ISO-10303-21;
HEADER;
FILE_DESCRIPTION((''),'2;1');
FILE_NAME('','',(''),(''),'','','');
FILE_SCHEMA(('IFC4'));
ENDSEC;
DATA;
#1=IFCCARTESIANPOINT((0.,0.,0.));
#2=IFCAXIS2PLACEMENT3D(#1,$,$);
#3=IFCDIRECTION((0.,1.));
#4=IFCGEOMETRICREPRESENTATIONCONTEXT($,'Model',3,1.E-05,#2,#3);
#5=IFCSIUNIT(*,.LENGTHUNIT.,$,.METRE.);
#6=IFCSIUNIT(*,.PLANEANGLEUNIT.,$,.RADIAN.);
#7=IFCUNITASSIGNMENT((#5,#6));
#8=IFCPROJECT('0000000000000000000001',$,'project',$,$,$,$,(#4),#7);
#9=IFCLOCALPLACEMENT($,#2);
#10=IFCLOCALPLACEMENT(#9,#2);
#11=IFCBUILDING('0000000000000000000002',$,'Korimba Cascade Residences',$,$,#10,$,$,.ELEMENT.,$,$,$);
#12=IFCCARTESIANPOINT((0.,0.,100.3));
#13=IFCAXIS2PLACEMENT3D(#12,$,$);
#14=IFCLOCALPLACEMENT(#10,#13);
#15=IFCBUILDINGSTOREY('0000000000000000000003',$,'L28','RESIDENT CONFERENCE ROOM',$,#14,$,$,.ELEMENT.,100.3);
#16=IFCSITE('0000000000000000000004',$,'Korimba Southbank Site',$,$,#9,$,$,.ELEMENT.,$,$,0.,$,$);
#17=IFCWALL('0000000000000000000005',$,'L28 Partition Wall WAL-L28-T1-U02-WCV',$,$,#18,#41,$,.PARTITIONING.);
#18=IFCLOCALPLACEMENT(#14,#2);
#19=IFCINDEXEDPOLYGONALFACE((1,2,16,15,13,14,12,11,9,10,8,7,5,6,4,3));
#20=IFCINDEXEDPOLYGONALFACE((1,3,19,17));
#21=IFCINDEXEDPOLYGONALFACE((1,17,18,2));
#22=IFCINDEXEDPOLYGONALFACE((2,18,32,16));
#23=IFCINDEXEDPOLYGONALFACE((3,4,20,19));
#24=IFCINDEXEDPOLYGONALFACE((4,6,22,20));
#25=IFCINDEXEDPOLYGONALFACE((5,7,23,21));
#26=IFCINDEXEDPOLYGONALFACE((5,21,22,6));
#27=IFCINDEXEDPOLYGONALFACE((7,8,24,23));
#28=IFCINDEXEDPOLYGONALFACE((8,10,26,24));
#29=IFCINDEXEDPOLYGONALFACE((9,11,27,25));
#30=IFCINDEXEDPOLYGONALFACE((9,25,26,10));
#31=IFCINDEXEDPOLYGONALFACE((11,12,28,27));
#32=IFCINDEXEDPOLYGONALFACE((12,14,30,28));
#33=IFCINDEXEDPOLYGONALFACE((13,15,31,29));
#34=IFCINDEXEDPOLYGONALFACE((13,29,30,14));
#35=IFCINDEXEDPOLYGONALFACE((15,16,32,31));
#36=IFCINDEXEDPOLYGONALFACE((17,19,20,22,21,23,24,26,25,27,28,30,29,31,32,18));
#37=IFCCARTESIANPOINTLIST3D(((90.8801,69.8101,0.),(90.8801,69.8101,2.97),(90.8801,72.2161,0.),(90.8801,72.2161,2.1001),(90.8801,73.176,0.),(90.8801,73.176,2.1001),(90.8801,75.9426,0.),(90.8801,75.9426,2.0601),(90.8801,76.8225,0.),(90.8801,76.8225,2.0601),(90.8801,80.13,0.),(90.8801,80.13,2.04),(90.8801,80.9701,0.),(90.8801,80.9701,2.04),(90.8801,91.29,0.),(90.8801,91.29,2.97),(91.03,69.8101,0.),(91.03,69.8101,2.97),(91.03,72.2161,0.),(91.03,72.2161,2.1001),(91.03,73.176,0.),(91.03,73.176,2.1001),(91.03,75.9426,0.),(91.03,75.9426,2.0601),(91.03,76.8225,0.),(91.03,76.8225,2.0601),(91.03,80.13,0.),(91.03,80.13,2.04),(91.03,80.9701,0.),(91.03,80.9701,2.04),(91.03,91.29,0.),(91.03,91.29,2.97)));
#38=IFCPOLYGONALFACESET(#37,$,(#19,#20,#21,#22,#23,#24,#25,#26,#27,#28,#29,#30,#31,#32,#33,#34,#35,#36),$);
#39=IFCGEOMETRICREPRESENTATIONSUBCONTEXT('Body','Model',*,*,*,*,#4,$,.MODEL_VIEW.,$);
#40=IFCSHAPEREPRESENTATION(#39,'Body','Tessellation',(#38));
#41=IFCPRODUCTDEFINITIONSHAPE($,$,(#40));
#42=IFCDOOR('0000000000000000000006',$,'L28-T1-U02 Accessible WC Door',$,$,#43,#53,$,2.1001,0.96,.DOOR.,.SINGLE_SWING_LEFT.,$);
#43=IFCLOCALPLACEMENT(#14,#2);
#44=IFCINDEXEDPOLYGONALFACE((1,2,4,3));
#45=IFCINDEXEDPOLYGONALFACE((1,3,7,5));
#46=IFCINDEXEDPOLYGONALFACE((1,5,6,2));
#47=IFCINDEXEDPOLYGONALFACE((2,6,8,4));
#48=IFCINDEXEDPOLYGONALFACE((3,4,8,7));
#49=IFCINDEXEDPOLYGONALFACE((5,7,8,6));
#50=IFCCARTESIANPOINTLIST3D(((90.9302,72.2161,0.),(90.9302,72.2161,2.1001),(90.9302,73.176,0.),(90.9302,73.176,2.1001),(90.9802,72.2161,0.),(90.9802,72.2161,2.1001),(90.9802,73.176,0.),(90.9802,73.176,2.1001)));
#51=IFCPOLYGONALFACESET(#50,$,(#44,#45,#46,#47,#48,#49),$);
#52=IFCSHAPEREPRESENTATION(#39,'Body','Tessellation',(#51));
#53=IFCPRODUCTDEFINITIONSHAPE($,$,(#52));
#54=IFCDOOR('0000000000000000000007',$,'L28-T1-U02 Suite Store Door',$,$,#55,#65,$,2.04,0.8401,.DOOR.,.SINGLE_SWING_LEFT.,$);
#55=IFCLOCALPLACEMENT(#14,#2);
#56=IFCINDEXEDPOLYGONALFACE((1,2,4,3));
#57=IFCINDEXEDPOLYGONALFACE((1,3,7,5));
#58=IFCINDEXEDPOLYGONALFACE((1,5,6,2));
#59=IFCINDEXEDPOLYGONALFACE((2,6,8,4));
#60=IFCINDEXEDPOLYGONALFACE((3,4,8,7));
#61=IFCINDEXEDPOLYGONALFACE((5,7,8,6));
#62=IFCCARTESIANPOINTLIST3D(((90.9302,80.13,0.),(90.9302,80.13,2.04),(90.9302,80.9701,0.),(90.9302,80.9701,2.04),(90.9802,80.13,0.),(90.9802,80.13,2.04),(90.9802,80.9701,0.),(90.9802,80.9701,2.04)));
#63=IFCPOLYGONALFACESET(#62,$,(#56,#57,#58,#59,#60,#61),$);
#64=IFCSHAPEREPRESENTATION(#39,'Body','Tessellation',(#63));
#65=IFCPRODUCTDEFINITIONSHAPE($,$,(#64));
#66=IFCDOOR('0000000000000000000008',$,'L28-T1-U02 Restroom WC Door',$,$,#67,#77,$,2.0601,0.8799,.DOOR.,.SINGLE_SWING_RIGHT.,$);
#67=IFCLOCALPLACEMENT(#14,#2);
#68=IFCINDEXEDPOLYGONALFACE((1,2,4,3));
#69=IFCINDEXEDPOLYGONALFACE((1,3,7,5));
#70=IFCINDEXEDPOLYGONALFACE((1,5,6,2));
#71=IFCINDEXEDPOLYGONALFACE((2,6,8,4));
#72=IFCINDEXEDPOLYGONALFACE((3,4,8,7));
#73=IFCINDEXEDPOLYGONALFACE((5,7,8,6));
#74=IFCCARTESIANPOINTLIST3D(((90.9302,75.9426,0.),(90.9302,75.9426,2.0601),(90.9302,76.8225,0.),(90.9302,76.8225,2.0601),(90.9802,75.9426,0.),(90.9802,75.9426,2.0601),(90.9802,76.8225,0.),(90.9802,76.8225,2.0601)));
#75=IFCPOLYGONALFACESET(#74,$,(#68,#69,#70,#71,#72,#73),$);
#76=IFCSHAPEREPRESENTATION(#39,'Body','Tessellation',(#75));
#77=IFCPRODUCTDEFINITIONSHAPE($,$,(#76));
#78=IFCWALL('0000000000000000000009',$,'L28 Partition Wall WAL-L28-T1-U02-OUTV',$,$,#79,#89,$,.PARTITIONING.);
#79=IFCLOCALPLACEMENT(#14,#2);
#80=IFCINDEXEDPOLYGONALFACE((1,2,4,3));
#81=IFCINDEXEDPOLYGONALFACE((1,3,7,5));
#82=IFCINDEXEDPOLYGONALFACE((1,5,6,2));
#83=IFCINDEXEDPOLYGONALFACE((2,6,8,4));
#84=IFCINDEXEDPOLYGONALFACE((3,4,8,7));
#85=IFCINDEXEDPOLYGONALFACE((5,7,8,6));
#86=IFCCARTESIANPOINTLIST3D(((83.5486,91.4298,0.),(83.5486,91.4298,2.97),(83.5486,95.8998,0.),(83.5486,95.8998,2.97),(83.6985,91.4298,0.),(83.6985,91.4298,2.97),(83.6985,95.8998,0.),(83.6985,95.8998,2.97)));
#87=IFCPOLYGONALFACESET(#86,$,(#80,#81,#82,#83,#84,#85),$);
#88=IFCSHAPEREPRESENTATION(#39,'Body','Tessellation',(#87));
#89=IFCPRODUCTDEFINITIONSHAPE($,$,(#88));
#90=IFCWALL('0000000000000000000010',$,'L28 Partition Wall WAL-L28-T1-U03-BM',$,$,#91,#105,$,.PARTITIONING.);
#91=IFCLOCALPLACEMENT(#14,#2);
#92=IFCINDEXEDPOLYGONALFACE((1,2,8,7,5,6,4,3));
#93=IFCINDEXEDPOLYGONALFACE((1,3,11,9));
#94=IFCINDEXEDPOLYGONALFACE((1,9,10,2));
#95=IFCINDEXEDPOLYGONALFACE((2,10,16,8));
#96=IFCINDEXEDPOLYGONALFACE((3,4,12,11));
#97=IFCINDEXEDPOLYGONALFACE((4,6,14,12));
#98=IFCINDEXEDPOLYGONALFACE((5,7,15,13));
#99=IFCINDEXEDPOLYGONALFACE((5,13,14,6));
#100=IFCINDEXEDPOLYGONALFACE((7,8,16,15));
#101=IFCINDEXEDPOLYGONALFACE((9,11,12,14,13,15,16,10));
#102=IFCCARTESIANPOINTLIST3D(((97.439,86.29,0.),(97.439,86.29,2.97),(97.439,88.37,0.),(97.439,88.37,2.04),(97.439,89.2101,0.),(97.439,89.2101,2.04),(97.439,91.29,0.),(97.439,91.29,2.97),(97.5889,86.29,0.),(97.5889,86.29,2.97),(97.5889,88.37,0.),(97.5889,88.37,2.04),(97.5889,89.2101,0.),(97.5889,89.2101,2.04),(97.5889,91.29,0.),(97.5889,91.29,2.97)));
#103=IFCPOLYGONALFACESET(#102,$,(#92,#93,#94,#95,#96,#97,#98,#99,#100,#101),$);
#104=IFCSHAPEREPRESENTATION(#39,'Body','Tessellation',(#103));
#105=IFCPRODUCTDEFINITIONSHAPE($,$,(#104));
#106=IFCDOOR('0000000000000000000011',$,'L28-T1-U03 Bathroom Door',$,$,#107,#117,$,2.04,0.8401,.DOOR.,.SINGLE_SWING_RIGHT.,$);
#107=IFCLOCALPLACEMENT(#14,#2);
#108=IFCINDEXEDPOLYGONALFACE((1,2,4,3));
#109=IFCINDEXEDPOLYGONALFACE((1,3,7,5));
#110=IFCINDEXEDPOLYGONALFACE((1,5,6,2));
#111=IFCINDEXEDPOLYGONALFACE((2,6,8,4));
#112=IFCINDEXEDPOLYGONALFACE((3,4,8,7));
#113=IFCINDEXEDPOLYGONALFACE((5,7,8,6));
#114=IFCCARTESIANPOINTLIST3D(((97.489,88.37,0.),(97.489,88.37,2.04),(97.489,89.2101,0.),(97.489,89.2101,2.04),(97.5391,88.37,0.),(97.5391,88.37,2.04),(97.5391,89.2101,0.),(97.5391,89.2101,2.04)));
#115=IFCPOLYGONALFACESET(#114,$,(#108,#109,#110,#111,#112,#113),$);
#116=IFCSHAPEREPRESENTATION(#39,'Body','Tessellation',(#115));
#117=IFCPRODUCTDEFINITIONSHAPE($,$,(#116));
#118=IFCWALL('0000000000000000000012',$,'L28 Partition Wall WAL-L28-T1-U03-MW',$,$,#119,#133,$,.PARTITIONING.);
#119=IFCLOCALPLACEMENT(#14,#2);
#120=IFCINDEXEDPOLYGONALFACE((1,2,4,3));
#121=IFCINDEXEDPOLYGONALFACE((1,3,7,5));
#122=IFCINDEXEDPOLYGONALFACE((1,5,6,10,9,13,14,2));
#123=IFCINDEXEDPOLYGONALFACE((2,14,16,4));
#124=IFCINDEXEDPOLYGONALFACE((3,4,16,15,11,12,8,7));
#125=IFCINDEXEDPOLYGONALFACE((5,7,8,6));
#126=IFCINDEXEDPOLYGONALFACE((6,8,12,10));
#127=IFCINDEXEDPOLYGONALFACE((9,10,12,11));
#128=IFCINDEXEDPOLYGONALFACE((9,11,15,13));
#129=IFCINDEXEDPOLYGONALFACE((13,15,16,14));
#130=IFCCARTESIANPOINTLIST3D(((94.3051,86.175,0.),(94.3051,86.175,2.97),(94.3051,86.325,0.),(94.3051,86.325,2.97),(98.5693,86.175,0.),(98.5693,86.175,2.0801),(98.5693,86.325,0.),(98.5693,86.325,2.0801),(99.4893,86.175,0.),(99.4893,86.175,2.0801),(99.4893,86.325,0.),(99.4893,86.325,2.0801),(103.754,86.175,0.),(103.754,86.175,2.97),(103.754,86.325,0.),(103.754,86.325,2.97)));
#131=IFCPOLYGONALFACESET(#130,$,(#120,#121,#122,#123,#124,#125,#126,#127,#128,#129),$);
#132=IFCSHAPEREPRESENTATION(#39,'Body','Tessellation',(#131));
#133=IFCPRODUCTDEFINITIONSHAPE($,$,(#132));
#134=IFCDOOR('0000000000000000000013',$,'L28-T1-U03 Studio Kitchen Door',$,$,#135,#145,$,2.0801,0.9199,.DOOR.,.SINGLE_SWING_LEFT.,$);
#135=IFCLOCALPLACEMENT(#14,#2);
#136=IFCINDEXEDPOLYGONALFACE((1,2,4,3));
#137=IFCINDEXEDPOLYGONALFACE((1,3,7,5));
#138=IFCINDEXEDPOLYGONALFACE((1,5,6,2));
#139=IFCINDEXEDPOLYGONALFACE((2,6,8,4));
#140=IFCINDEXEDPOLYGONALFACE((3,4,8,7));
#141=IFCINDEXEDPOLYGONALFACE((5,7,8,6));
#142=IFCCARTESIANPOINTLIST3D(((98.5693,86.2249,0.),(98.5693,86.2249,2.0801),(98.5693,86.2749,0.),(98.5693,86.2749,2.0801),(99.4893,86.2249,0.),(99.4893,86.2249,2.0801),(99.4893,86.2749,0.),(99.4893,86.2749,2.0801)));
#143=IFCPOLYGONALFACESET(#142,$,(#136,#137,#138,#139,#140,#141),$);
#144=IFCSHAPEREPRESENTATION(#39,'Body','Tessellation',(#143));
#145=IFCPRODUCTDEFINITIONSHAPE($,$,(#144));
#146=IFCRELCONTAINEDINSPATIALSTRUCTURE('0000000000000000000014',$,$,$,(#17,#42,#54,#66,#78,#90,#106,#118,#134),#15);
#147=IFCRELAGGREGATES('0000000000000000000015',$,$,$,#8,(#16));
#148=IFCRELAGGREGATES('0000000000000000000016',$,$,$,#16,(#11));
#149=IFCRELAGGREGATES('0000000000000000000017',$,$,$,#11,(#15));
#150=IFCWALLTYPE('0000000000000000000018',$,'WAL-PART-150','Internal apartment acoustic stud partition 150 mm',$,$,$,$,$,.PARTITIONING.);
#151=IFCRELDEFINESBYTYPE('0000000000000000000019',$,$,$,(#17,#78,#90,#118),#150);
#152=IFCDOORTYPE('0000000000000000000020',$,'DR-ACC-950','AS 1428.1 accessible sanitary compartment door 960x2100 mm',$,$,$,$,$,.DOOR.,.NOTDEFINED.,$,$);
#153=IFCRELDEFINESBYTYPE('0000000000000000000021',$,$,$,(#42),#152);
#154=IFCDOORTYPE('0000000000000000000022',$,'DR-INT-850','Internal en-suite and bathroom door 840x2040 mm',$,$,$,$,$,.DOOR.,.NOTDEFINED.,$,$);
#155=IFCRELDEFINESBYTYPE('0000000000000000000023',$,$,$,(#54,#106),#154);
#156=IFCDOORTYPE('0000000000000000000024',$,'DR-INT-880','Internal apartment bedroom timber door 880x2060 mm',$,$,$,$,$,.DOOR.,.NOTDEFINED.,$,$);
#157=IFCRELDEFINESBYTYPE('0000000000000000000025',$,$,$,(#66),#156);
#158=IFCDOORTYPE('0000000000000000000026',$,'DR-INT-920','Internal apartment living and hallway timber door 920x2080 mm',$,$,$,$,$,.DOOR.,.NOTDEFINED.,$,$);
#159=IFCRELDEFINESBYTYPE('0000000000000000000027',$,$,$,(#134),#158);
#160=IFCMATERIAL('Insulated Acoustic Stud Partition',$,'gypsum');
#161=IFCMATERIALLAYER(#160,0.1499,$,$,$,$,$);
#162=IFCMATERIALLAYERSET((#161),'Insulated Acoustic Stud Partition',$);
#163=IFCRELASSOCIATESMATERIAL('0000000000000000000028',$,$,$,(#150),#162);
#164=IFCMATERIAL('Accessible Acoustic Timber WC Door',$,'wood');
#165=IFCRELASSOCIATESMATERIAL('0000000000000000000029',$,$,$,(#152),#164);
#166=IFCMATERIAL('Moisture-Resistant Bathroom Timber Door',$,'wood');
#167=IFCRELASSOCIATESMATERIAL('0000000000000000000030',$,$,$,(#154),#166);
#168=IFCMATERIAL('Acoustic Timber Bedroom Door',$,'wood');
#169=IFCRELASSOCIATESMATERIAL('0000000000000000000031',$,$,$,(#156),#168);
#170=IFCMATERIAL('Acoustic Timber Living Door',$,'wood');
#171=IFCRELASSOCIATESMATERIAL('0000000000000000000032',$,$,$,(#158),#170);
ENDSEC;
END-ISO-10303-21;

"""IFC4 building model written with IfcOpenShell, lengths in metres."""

from ifc_helpers import new_model, si_unit, direction, frame, frame_2d, origin, place, context, subcontext, project, spatial, rectangle, extrude, material, layer, layer_set, type_object, element, fill, save


model = new_model("IFC4")

# Units and contexts
model_context = context("Model", 3, precision=1e-05, world=origin(), true_north=direction((0.0, 1.0)))
body_context = subcontext(model_context, "Body", "Model", "MODEL_VIEW")
ifc_project = project(units=[si_unit("LENGTHUNIT", "METRE"), si_unit("PLANEANGLEUNIT", "RADIAN")], contexts=[model_context])

# Site, building, storey
site_placement = place(None, origin())
site = spatial("IfcSite", under=ifc_project, at=site_placement, Name="Korimba Southbank Site", CompositionType="ELEMENT", RefElevation=0.0)
building_placement = place(site_placement, origin())
building = spatial("IfcBuilding", under=site, at=building_placement, Name="Korimba Cascade Residences", CompositionType="ELEMENT")
storey_placement = place(building_placement, frame((0.0, 0.0, 100.3)))
storey = spatial("IfcBuildingStorey", under=building, at=storey_placement, Name="L28", Description="RESIDENT CONFERENCE ROOM", CompositionType="ELEMENT", Elevation=100.3)

# Shared definitions
ifc_material_1 = material(Name="Insulated Acoustic Stud Partition", Category="gypsum")
ifc_layer_1 = layer(ifc_material_1, 0.1499)
ifc_layer_set_1 = layer_set([ifc_layer_1], Name="Insulated Acoustic Stud Partition")
wall_type_1 = type_object("IfcWallType", Name="WAL-PART-150", Description="Internal apartment acoustic stud partition 150 mm", PredefinedType="PARTITIONING", material=ifc_layer_set_1)

# Wall, openings, doors
wall_1_placement = place(storey_placement, frame((90.9551, 69.8101, 0.0), z_axis=(0.0, 0.0, 1.0), x_axis=(0.0, 1.0, 0.0)))
wall_1 = element("IfcWall", 1, at=wall_1_placement, inside=storey, type_object=wall_type_1, Name="L28 Partition Wall WAL-L28-T1-U02-WCV", PredefinedType="PARTITIONING", context=body_context, shape_type="SweptSolid", body=[
    extrude(rectangle(XDim=21.48, YDim=0.1499, at=frame_2d((10.74, 0.0))), origin(), (0.0, 0.0, 1.0), 2.97),
])
opening_1_placement = place(wall_1_placement, frame((2.406, 0.0, 0.0)))
opening_1 = element("IfcOpeningElement", 2, at=opening_1_placement, cuts=wall_1, PredefinedType="OPENING", context=body_context, shape_type="SweptSolid", body=[
    extrude(rectangle(XDim=0.96, YDim=2.1001, at=frame_2d((0.48, 1.05))), frame((0.0, 0.085, 0.0), z_axis=(0.0, -1.0, 0.0), x_axis=(1.0, 0.0, 0.0)), (0.0, 0.0, 1.0), 0.1699),
])
opening_2_placement = place(wall_1_placement, frame((6.1326, 0.0, 0.0)))
opening_2 = element("IfcOpeningElement", 3, at=opening_2_placement, cuts=wall_1, PredefinedType="OPENING", context=body_context, shape_type="SweptSolid", body=[
    extrude(rectangle(XDim=0.8799, YDim=2.0601, at=frame_2d((0.4399, 1.03))), frame((0.0, 0.085, 0.0), z_axis=(0.0, -1.0, 0.0), x_axis=(1.0, 0.0, 0.0)), (0.0, 0.0, 1.0), 0.1699),
])
opening_3_placement = place(wall_1_placement, frame((10.3201, 0.0, 0.0)))
opening_3 = element("IfcOpeningElement", 4, at=opening_3_placement, cuts=wall_1, PredefinedType="OPENING", context=body_context, shape_type="SweptSolid", body=[
    extrude(rectangle(XDim=0.8401, YDim=2.04, at=frame_2d((0.4199, 1.02))), frame((0.0, 0.085, 0.0), z_axis=(0.0, -1.0, 0.0), x_axis=(1.0, 0.0, 0.0)), (0.0, 0.0, 1.0), 0.1699),
])
ifc_material_2 = material(Name="Accessible Acoustic Timber WC Door", Category="wood")
door_type_1 = type_object("IfcDoorType", Name="DR-ACC-950", Description="AS 1428.1 accessible sanitary compartment door 960x2100 mm", OperationType="NOTDEFINED", PredefinedType="DOOR", material=ifc_material_2)
door_1_placement = place(opening_1_placement, origin())
door_1 = element("IfcDoor", 5, at=door_1_placement, inside=storey, type_object=door_type_1, Name="L28-T1-U02 Accessible WC Door", OperationType="SINGLE_SWING_LEFT", OverallHeight=2.1001, OverallWidth=0.96, PredefinedType="DOOR", context=body_context, shape_type="SweptSolid", body=[
    extrude(rectangle(XDim=0.96, YDim=2.1001, at=frame_2d((0.48, 1.05))), frame((0.0, 0.0249, 0.0), z_axis=(0.0, -1.0, 0.0), x_axis=(1.0, 0.0, 0.0)), (0.0, 0.0, 1.0), 0.05),
])
fill(opening_1, door_1)
ifc_material_3 = material(Name="Moisture-Resistant Bathroom Timber Door", Category="wood")
door_type_2 = type_object("IfcDoorType", Name="DR-INT-850", Description="Internal en-suite and bathroom door 840x2040 mm", OperationType="NOTDEFINED", PredefinedType="DOOR", material=ifc_material_3)
door_2_placement = place(opening_3_placement, origin())
door_2 = element("IfcDoor", 6, at=door_2_placement, inside=storey, type_object=door_type_2, Name="L28-T1-U02 Suite Store Door", OperationType="SINGLE_SWING_LEFT", OverallHeight=2.04, OverallWidth=0.8401, PredefinedType="DOOR", context=body_context, shape_type="SweptSolid", body=[
    extrude(rectangle(XDim=0.8401, YDim=2.04, at=frame_2d((0.4199, 1.02))), frame((0.0, 0.0249, 0.0), z_axis=(0.0, -1.0, 0.0), x_axis=(1.0, 0.0, 0.0)), (0.0, 0.0, 1.0), 0.05),
])
fill(opening_3, door_2)
ifc_material_4 = material(Name="Acoustic Timber Bedroom Door", Category="wood")
door_type_3 = type_object("IfcDoorType", Name="DR-INT-880", Description="Internal apartment bedroom timber door 880x2060 mm", OperationType="NOTDEFINED", PredefinedType="DOOR", material=ifc_material_4)
door_3_placement = place(opening_2_placement, origin())
door_3 = element("IfcDoor", 7, at=door_3_placement, inside=storey, type_object=door_type_3, Name="L28-T1-U02 Restroom WC Door", OperationType="SINGLE_SWING_RIGHT", OverallHeight=2.0601, OverallWidth=0.8799, PredefinedType="DOOR", context=body_context, shape_type="SweptSolid", body=[
    extrude(rectangle(XDim=0.8799, YDim=2.0601, at=frame_2d((0.4399, 1.03))), frame((0.0, 0.0249, 0.0), z_axis=(0.0, -1.0, 0.0), x_axis=(1.0, 0.0, 0.0)), (0.0, 0.0, 1.0), 0.05),
])
fill(opening_2, door_3)

# Wall
wall_2_placement = place(storey_placement, frame((83.6235, 91.4299, 0.0), z_axis=(0.0, 0.0, 1.0), x_axis=(0.0, 1.0, 0.0)))
element("IfcWall", 8, at=wall_2_placement, inside=storey, type_object=wall_type_1, Name="L28 Partition Wall WAL-L28-T1-U02-OUTV", PredefinedType="PARTITIONING", context=body_context, shape_type="SweptSolid", body=[
    extrude(rectangle(XDim=4.47, YDim=0.1499, at=frame_2d((2.2349, 0.0))), origin(), (0.0, 0.0, 1.0), 2.97),
])

# Walls, openings, doors
wall_3_placement = place(storey_placement, frame((97.5139, 86.29, 0.0), z_axis=(0.0, 0.0, 1.0), x_axis=(0.0, 1.0, 0.0)))
wall_3 = element("IfcWall", 9, at=wall_3_placement, inside=storey, type_object=wall_type_1, Name="L28 Partition Wall WAL-L28-T1-U03-BM", PredefinedType="PARTITIONING", context=body_context, shape_type="SweptSolid", body=[
    extrude(rectangle(XDim=5.0, YDim=0.1499, at=frame_2d((2.5, 0.0))), origin(), (0.0, 0.0, 1.0), 2.97),
])
opening_4_placement = place(wall_3_placement, frame((2.0801, 0.0, 0.0)))
opening_4 = element("IfcOpeningElement", 10, at=opening_4_placement, cuts=wall_3, PredefinedType="OPENING", context=body_context, shape_type="SweptSolid", body=[
    extrude(rectangle(XDim=0.8401, YDim=2.04, at=frame_2d((0.4199, 1.02))), frame((0.0, 0.085, 0.0), z_axis=(0.0, -1.0, 0.0), x_axis=(1.0, 0.0, 0.0)), (0.0, 0.0, 1.0), 0.1699),
])
door_4_placement = place(opening_4_placement, origin())
door_4 = element("IfcDoor", 11, at=door_4_placement, inside=storey, type_object=door_type_2, Name="L28-T1-U03 Bathroom Door", OperationType="SINGLE_SWING_RIGHT", OverallHeight=2.04, OverallWidth=0.8401, PredefinedType="DOOR", context=body_context, shape_type="SweptSolid", body=[
    extrude(rectangle(XDim=0.8401, YDim=2.04, at=frame_2d((0.4199, 1.02))), frame((0.0, 0.0249, 0.0), z_axis=(0.0, -1.0, 0.0), x_axis=(1.0, 0.0, 0.0)), (0.0, 0.0, 1.0), 0.05),
])
fill(opening_4, door_4)
wall_4_placement = place(storey_placement, frame((94.3049, 86.25, 0.0), z_axis=(0.0, 0.0, 1.0), x_axis=(1.0, 0.0, 0.0)))
wall_4 = element("IfcWall", 12, at=wall_4_placement, inside=storey, type_object=wall_type_1, Name="L28 Partition Wall WAL-L28-T1-U03-MW", PredefinedType="PARTITIONING", context=body_context, shape_type="SweptSolid", body=[
    extrude(rectangle(XDim=9.449, YDim=0.1499, at=frame_2d((4.7246, 0.0))), origin(), (0.0, 0.0, 1.0), 2.97),
])
opening_5_placement = place(wall_4_placement, frame((4.2644, 0.0, 0.0)))
opening_5 = element("IfcOpeningElement", 13, at=opening_5_placement, cuts=wall_4, PredefinedType="OPENING", context=body_context, shape_type="SweptSolid", body=[
    extrude(rectangle(XDim=0.9199, YDim=2.0801, at=frame_2d((0.46, 1.04))), frame((0.0, 0.085, 0.0), z_axis=(0.0, -1.0, 0.0), x_axis=(1.0, 0.0, 0.0)), (0.0, 0.0, 1.0), 0.1699),
])
ifc_material_5 = material(Name="Acoustic Timber Living Door", Category="wood")
door_type_4 = type_object("IfcDoorType", Name="DR-INT-920", Description="Internal apartment living and hallway timber door 920x2080 mm", OperationType="NOTDEFINED", PredefinedType="DOOR", material=ifc_material_5)
door_5_placement = place(opening_5_placement, origin())
door_5 = element("IfcDoor", 14, at=door_5_placement, inside=storey, type_object=door_type_4, Name="L28-T1-U03 Studio Kitchen Door", OperationType="SINGLE_SWING_LEFT", OverallHeight=2.0801, OverallWidth=0.9199, PredefinedType="DOOR", context=body_context, shape_type="SweptSolid", body=[
    extrude(rectangle(XDim=0.9199, YDim=2.0801, at=frame_2d((0.46, 1.04))), frame((0.0, 0.0249, 0.0), z_axis=(0.0, -1.0, 0.0), x_axis=(1.0, 0.0, 0.0)), (0.0, 0.0, 1.0), 0.05),
])
fill(opening_5, door_5)

save(model, "model.ifc")
